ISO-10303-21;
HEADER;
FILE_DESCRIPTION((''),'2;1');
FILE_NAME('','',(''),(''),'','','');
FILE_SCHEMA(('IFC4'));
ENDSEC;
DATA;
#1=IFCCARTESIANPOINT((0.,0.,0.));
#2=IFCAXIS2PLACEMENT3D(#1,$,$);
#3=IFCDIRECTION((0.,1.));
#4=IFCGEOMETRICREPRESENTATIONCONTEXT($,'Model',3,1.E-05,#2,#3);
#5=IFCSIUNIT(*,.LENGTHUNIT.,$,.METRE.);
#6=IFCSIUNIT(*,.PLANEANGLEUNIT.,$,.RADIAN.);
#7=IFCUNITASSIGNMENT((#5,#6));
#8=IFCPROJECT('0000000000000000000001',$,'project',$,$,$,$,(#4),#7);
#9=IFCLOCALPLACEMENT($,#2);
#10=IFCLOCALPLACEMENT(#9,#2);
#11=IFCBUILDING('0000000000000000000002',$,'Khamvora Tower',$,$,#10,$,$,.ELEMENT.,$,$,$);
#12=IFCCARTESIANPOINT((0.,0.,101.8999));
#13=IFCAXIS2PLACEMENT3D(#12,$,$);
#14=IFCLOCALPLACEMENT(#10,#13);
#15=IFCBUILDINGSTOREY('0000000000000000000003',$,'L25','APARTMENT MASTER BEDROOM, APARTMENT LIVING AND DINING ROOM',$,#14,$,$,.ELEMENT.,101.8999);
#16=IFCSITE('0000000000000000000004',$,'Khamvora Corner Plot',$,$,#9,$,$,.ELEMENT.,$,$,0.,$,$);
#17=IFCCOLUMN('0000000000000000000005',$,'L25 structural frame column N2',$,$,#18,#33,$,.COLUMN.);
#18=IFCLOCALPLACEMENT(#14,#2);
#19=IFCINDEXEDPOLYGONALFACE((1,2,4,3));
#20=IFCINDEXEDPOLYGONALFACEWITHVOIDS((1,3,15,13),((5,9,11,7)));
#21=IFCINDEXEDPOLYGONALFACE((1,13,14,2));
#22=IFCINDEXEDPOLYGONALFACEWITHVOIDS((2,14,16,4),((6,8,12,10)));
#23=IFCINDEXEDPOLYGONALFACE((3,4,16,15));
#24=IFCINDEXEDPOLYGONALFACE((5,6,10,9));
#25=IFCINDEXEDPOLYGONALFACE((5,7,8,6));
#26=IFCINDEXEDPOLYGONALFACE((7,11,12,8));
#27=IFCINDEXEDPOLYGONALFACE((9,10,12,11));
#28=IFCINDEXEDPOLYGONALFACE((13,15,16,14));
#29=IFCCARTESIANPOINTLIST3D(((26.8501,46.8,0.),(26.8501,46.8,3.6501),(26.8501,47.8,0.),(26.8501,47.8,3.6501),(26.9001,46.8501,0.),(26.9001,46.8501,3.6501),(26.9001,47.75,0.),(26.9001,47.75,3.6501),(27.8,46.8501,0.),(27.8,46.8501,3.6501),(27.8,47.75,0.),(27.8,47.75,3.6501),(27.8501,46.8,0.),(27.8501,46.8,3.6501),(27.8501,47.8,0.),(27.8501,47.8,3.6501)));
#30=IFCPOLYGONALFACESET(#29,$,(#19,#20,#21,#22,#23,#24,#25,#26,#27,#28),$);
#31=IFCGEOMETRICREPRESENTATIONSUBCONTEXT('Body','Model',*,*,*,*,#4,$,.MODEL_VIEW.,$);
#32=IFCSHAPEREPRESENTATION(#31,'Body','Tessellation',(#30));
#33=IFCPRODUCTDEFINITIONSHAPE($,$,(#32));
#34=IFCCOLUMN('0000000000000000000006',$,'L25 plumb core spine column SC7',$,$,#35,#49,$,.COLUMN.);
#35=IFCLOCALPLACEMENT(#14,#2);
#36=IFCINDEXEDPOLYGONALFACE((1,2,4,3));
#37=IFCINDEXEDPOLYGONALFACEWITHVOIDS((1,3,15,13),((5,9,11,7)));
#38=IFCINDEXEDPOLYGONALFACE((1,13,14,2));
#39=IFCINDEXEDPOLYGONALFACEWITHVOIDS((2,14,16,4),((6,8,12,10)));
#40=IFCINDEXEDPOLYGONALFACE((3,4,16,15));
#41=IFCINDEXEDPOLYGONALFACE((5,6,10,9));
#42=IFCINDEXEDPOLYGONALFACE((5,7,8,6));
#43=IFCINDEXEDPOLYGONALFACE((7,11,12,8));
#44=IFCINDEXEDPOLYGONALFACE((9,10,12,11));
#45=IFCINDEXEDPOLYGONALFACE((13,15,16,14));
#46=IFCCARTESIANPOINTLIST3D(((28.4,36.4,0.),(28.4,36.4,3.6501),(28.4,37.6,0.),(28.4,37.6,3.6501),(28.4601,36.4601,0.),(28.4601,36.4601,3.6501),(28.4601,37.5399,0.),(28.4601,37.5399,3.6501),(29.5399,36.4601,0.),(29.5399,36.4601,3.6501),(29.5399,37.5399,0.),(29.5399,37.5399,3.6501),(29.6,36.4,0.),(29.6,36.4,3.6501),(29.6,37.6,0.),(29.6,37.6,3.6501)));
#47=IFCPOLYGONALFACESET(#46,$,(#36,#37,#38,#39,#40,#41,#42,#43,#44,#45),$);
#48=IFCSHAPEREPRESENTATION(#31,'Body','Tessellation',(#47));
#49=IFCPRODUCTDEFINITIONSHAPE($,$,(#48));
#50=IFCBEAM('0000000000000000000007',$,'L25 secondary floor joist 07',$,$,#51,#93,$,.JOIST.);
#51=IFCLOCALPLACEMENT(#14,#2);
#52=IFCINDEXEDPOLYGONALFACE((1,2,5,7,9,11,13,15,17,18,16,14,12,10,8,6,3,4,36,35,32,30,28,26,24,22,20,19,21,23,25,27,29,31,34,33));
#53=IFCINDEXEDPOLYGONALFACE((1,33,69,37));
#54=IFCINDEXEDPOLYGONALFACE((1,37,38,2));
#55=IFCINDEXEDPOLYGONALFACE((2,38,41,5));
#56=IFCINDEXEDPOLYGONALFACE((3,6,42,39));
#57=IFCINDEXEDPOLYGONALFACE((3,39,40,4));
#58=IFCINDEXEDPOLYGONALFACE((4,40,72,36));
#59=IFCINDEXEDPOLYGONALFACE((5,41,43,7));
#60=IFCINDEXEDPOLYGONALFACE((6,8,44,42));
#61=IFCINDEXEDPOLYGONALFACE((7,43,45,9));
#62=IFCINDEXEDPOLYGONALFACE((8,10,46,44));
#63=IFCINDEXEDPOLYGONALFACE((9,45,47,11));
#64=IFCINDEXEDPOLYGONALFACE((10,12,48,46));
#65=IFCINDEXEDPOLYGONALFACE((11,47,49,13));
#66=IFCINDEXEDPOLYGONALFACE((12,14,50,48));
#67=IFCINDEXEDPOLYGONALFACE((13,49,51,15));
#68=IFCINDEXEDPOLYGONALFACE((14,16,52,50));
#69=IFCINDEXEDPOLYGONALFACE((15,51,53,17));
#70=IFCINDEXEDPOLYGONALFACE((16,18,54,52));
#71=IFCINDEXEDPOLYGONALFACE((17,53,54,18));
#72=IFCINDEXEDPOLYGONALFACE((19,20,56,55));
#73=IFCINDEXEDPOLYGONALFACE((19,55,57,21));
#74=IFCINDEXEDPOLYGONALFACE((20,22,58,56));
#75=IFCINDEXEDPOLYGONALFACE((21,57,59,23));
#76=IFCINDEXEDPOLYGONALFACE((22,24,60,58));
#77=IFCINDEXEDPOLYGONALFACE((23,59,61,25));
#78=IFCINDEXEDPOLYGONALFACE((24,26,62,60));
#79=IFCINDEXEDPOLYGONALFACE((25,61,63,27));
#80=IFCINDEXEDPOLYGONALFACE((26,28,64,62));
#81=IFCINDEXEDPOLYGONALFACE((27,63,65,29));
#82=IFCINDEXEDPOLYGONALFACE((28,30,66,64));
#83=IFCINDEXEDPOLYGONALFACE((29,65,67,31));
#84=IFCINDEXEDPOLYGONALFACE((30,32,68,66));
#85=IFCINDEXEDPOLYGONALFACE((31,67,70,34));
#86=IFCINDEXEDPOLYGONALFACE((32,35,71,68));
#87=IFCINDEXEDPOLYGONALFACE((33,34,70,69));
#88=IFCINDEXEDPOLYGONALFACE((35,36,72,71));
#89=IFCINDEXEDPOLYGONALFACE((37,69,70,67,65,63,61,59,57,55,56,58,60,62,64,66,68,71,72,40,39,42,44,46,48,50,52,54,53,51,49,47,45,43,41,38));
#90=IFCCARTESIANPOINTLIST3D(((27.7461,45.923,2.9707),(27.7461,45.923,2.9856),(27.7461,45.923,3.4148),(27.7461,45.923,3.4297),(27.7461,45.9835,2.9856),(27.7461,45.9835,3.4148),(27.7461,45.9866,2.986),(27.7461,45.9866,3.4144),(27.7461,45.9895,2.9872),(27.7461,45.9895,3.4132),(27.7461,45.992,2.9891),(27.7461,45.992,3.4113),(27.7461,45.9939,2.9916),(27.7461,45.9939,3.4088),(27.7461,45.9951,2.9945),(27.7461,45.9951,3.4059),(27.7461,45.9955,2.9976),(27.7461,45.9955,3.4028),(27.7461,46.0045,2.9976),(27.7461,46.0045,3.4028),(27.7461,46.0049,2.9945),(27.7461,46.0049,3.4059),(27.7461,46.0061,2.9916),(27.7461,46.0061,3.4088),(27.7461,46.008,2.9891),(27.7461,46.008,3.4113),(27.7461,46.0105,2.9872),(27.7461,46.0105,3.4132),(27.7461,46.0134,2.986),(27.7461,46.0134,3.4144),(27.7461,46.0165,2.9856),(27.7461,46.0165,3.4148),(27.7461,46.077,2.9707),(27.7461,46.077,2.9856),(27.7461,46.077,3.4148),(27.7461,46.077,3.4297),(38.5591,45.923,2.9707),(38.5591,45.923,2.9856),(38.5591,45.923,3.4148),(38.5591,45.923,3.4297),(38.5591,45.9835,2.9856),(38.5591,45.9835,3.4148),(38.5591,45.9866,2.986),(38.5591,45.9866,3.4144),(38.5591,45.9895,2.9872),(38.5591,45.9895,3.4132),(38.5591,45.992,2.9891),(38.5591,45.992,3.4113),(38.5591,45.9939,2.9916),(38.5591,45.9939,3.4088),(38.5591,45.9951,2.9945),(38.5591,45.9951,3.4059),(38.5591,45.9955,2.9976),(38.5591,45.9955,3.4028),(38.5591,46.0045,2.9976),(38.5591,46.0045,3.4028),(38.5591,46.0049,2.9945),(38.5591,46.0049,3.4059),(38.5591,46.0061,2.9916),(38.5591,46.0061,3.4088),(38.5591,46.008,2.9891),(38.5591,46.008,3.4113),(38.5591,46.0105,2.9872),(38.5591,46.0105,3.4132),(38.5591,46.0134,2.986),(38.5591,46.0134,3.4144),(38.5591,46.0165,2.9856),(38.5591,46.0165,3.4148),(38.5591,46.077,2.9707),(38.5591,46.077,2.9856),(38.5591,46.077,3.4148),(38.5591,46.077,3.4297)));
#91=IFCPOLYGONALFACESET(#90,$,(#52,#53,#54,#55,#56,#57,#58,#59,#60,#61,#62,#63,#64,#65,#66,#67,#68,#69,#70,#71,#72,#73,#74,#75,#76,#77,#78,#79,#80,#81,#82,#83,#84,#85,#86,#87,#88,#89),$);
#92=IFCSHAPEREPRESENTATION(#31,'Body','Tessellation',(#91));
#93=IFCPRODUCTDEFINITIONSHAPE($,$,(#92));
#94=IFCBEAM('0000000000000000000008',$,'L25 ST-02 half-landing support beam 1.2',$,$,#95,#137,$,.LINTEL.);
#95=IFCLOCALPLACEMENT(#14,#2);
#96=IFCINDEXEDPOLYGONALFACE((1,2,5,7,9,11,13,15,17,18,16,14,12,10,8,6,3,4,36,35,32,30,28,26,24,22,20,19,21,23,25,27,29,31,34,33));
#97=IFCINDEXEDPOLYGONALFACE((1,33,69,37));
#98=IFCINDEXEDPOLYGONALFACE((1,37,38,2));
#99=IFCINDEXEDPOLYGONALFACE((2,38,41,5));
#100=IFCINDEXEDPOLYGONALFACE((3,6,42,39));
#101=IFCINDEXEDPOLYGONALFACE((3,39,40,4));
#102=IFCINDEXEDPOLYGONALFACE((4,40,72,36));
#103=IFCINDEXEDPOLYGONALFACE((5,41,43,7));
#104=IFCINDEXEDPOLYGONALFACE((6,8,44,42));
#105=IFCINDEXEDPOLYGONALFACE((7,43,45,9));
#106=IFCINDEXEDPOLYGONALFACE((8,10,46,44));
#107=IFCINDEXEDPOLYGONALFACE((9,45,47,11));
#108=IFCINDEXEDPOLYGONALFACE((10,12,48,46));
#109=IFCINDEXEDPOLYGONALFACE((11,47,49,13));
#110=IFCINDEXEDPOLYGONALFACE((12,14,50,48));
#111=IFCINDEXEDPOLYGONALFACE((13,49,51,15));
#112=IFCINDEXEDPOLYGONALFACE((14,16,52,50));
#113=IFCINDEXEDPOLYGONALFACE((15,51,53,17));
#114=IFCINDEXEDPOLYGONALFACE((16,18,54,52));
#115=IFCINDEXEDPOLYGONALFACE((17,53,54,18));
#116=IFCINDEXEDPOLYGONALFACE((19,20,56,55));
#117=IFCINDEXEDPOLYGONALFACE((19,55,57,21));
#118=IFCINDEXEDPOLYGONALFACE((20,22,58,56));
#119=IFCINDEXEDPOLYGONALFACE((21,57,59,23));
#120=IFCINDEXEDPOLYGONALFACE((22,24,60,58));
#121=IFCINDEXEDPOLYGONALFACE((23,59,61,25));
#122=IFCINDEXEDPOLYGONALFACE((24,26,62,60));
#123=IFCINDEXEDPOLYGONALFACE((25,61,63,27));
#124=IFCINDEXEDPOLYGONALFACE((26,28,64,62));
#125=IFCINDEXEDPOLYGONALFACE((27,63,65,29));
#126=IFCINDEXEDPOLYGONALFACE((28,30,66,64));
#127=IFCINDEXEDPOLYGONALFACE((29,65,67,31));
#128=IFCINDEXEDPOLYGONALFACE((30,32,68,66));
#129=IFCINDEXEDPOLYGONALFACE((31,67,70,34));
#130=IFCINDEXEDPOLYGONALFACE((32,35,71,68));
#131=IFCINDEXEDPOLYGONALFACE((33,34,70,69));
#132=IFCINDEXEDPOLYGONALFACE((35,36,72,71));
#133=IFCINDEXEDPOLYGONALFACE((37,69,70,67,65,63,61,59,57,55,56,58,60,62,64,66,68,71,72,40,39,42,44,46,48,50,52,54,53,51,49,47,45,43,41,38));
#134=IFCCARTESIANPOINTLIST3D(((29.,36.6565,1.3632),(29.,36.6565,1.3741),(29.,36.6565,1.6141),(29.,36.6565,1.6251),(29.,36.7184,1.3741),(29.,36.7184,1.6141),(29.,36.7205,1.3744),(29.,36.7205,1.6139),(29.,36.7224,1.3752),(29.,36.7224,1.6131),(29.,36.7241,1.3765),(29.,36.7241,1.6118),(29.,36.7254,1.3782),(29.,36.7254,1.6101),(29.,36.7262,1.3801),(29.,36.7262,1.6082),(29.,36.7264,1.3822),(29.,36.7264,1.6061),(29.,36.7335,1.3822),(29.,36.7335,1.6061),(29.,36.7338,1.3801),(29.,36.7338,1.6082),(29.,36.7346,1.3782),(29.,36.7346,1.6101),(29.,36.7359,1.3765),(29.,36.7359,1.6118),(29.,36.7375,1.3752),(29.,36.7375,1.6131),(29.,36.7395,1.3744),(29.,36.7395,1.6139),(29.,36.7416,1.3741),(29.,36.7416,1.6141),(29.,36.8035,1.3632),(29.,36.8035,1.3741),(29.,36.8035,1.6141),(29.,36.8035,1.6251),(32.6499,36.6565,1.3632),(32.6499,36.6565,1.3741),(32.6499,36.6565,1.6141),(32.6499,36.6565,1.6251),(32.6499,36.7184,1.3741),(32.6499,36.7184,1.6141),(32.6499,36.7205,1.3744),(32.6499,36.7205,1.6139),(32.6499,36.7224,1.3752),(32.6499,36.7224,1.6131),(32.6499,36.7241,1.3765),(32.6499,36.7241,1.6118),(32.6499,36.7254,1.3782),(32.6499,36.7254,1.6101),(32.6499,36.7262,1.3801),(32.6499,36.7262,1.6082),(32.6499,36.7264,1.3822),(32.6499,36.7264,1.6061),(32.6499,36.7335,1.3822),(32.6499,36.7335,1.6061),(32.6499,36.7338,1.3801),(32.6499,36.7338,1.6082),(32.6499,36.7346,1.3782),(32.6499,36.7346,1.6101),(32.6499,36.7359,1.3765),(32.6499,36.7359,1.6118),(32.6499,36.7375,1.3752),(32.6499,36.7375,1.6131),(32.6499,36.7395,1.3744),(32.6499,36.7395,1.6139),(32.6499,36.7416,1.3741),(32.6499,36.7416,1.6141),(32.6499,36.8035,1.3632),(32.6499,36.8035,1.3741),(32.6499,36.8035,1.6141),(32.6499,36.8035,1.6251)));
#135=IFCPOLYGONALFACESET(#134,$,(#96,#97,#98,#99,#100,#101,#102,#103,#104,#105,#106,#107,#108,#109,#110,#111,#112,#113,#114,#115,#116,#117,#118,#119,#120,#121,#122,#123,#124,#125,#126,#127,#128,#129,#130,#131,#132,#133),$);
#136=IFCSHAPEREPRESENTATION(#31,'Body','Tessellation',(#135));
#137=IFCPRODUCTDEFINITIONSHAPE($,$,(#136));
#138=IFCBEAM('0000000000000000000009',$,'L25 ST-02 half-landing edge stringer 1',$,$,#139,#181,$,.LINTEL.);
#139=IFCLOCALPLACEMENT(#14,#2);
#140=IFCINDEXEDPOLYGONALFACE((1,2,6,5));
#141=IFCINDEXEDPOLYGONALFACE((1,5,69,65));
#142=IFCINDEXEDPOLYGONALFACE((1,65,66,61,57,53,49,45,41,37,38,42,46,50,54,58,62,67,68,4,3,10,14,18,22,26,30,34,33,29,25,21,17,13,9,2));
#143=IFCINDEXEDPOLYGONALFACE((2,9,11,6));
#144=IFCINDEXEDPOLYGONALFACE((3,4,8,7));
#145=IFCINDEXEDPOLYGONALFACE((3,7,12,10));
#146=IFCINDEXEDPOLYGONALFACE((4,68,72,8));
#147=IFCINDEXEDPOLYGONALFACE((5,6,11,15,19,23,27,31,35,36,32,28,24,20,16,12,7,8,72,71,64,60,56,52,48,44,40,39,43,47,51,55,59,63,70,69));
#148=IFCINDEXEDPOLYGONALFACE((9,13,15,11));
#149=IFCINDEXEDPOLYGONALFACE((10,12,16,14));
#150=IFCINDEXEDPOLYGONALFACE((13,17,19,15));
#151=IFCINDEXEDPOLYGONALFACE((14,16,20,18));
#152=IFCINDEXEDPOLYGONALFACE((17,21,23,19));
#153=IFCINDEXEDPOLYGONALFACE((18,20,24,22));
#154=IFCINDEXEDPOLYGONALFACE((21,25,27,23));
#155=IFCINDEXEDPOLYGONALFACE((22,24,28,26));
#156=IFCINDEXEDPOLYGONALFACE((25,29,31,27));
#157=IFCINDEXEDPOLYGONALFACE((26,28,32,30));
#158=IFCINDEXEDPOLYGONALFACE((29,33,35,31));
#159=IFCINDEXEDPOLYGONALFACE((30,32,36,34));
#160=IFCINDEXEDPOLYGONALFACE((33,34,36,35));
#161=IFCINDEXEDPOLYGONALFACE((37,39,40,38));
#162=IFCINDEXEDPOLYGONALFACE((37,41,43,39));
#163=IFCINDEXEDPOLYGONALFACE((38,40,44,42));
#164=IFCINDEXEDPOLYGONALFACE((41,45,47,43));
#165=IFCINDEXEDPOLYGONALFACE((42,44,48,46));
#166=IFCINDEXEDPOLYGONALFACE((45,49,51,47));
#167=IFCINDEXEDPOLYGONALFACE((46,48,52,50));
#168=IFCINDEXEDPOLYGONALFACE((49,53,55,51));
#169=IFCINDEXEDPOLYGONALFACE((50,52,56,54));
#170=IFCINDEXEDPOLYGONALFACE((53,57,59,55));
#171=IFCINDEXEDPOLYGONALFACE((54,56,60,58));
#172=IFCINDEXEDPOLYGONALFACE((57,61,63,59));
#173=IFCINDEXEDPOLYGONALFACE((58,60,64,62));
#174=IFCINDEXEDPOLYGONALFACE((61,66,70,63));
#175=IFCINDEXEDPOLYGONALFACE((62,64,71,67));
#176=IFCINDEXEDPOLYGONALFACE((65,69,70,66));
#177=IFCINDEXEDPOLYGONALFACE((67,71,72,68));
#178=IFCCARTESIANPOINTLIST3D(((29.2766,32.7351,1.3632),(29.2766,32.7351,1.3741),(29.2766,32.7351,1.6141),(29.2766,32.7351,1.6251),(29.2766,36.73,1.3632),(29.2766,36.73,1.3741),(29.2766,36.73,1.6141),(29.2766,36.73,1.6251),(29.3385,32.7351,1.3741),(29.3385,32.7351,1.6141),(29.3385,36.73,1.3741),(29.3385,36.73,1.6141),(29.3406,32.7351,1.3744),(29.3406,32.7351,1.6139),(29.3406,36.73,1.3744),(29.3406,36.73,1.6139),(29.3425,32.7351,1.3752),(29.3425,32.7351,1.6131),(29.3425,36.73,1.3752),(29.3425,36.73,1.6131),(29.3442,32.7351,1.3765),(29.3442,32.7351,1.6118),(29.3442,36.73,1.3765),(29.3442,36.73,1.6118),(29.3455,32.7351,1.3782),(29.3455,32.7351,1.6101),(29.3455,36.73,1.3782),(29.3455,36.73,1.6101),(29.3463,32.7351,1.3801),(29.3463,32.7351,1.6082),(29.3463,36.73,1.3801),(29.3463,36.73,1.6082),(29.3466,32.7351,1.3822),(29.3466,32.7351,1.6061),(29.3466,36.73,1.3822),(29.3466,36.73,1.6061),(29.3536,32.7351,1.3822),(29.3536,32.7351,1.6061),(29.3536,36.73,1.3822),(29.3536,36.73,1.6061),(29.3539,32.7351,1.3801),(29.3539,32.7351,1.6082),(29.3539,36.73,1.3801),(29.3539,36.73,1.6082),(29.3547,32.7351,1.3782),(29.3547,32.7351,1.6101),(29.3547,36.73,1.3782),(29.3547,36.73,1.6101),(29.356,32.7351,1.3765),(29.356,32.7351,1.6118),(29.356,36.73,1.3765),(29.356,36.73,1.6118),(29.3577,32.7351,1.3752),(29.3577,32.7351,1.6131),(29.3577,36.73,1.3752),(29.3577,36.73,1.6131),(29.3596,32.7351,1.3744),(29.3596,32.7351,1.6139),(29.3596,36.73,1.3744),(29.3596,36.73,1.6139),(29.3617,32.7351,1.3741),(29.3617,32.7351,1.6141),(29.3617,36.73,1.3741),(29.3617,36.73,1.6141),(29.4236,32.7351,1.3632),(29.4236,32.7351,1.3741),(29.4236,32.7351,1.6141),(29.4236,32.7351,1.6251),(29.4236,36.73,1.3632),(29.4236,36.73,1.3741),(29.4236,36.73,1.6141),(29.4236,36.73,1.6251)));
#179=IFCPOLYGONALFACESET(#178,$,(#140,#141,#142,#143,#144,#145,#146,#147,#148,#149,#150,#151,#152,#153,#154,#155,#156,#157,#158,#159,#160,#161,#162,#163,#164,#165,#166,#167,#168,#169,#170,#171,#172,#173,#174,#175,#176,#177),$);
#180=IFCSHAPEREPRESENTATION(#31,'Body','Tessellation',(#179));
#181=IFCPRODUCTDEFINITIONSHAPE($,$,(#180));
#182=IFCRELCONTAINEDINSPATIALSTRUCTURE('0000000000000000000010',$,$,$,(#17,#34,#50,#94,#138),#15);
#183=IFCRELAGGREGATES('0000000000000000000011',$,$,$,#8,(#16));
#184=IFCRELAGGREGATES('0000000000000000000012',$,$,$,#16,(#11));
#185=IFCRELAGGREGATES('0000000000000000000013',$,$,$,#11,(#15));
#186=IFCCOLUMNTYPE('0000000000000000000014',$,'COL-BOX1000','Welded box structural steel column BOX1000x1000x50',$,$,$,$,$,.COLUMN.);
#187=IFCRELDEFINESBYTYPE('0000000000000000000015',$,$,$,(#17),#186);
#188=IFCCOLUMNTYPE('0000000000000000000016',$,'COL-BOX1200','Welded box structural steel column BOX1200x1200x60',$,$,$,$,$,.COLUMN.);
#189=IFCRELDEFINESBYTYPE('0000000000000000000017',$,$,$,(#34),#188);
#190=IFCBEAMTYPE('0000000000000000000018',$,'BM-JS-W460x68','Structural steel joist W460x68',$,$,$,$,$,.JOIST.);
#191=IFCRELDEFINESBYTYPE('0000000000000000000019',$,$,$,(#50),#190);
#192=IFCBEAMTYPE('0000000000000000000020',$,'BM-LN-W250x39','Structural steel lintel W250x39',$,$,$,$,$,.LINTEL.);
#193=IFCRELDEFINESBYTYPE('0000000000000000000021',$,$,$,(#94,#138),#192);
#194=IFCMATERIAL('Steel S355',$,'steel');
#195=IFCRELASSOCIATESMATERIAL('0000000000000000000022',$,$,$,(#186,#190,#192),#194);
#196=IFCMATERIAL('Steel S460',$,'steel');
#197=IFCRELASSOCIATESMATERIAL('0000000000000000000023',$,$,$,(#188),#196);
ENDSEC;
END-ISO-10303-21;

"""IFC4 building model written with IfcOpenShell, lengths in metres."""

from ifc_helpers import new_model, si_unit, direction, frame, origin, origin_2d, place, context, subcontext, project, spatial, hollow_rectangle, i_section, extrude, material, material_profile, profile_set, type_object, element, save


model = new_model("IFC4")

# Units and contexts
model_context = context("Model", 3, precision=1e-05, world=origin(), true_north=direction((0.0, 1.0)))
body_context = subcontext(model_context, "Body", "Model", "MODEL_VIEW")
ifc_project = project(units=[si_unit("LENGTHUNIT", "METRE"), si_unit("PLANEANGLEUNIT", "RADIAN")], contexts=[model_context])

# Site, building, storey
site_placement = place(None, origin())
site = spatial("IfcSite", under=ifc_project, at=site_placement, Name="Khamvora Corner Plot", CompositionType="ELEMENT", RefElevation=0.0)
building_placement = place(site_placement, origin())
building = spatial("IfcBuilding", under=site, at=building_placement, Name="Khamvora Tower", CompositionType="ELEMENT")
storey_placement = place(building_placement, frame((0.0, 0.0, 101.8999)))
storey = spatial("IfcBuildingStorey", under=building, at=storey_placement, Name="L25", Description="APARTMENT MASTER BEDROOM, APARTMENT LIVING AND DINING ROOM", CompositionType="ELEMENT", Elevation=101.8999)

# Columns
ifc_material_1 = material(Name="Steel S355", Category="steel")
ifc_material_profile_1 = material_profile(ifc_material_1, hollow_rectangle(XDim=1.0, YDim=1.0, WallThickness=0.05, at=origin_2d()), Name="BOX1000x1000x50")
ifc_profile_set_1 = profile_set([ifc_material_profile_1], Name="Steel S355")
column_type_1 = type_object("IfcColumnType", Name="COL-BOX1000", Description="Welded box structural steel column BOX1000x1000x50", PredefinedType="COLUMN", material=ifc_profile_set_1)
column_1_placement = place(storey_placement, frame((27.3501, 47.3, 0.0), z_axis=(0.0, 0.0, 1.0), x_axis=(1.0, 0.0, 0.0)))
element("IfcColumn", 1, at=column_1_placement, inside=storey, type_object=column_type_1, Name="L25 structural frame column N2", PredefinedType="COLUMN", context=body_context, shape_type="SweptSolid", body=[
    extrude(hollow_rectangle(XDim=1.0, YDim=1.0, WallThickness=0.05, at=origin_2d()), origin(), (0.0, 0.0, 1.0), 3.6501),
])
ifc_material_2 = material(Name="Steel S460", Category="steel")
ifc_material_profile_2 = material_profile(ifc_material_2, hollow_rectangle(XDim=1.2, YDim=1.2, WallThickness=0.0601, at=origin_2d()), Name="BOX1200x1200x60")
ifc_profile_set_2 = profile_set([ifc_material_profile_2], Name="Steel S460")
column_type_2 = type_object("IfcColumnType", Name="COL-BOX1200", Description="Welded box structural steel column BOX1200x1200x60", PredefinedType="COLUMN", material=ifc_profile_set_2)
column_2_placement = place(storey_placement, frame((29.0, 37.0, 0.0), z_axis=(0.0, 0.0, 1.0), x_axis=(1.0, 0.0, 0.0)))
element("IfcColumn", 2, at=column_2_placement, inside=storey, type_object=column_type_2, Name="L25 plumb core spine column SC7", PredefinedType="COLUMN", context=body_context, shape_type="SweptSolid", body=[
    extrude(hollow_rectangle(XDim=1.2, YDim=1.2, WallThickness=0.0601, at=origin_2d()), origin(), (0.0, 0.0, 1.0), 3.6501),
])

# Beams
ifc_material_profile_3 = material_profile(ifc_material_1, i_section(OverallWidth=0.1541, OverallDepth=0.459, WebThickness=0.009, FlangeThickness=0.0149, FilletRadius=0.012, at=origin_2d()), Name="W460x68")
ifc_profile_set_3 = profile_set([ifc_material_profile_3], Name="Steel S355")
beam_type_1 = type_object("IfcBeamType", Name="BM-JS-W460x68", Description="Structural steel joist W460x68", PredefinedType="JOIST", material=ifc_profile_set_3)
beam_1_placement = place(storey_placement, frame((27.7461, 46.0, 3.2002), z_axis=(1.0, 0.0, 0.0), x_axis=(0.0, 1.0, 0.0)))
element("IfcBeam", 3, at=beam_1_placement, inside=storey, type_object=beam_type_1, Name="L25 secondary floor joist 07", PredefinedType="JOIST", context=body_context, shape_type="SweptSolid", body=[
    extrude(i_section(OverallWidth=0.1541, OverallDepth=0.459, WebThickness=0.009, FlangeThickness=0.0149, FilletRadius=0.012, at=origin_2d()), origin(), (0.0, 0.0, 1.0), 10.813),
])
ifc_material_profile_4 = material_profile(ifc_material_1, i_section(OverallWidth=0.147, OverallDepth=0.262, WebThickness=0.0071, FlangeThickness=0.011, FilletRadius=0.0081, at=origin_2d()), Name="W250x39")
ifc_profile_set_4 = profile_set([ifc_material_profile_4], Name="Steel S355")
beam_type_2 = type_object("IfcBeamType", Name="BM-LN-W250x39", Description="Structural steel lintel W250x39", PredefinedType="LINTEL", material=ifc_profile_set_4)
beam_2_placement = place(storey_placement, frame((29.0, 36.73, 1.4941), z_axis=(1.0, 0.0, 0.0), x_axis=(0.0, 1.0, 0.0)))
element("IfcBeam", 4, at=beam_2_placement, inside=storey, type_object=beam_type_2, Name="L25 ST-02 half-landing support beam 1.2", PredefinedType="LINTEL", context=body_context, shape_type="SweptSolid", body=[
    extrude(i_section(OverallWidth=0.147, OverallDepth=0.262, WebThickness=0.0071, FlangeThickness=0.011, FilletRadius=0.0081, at=origin_2d()), origin(), (0.0, 0.0, 1.0), 3.6499),
])
beam_3_placement = place(storey_placement, frame((29.3501, 32.7351, 1.4941), z_axis=(0.0, 1.0, 0.0), x_axis=(-1.0, 0.0, 0.0)))
element("IfcBeam", 5, at=beam_3_placement, inside=storey, type_object=beam_type_2, Name="L25 ST-02 half-landing edge stringer 1", PredefinedType="LINTEL", context=body_context, shape_type="SweptSolid", body=[
    extrude(i_section(OverallWidth=0.147, OverallDepth=0.262, WebThickness=0.0071, FlangeThickness=0.011, FilletRadius=0.0081, at=origin_2d()), origin(), (0.0, 0.0, 1.0), 3.9949),
])

save(model, "model.ifc")
